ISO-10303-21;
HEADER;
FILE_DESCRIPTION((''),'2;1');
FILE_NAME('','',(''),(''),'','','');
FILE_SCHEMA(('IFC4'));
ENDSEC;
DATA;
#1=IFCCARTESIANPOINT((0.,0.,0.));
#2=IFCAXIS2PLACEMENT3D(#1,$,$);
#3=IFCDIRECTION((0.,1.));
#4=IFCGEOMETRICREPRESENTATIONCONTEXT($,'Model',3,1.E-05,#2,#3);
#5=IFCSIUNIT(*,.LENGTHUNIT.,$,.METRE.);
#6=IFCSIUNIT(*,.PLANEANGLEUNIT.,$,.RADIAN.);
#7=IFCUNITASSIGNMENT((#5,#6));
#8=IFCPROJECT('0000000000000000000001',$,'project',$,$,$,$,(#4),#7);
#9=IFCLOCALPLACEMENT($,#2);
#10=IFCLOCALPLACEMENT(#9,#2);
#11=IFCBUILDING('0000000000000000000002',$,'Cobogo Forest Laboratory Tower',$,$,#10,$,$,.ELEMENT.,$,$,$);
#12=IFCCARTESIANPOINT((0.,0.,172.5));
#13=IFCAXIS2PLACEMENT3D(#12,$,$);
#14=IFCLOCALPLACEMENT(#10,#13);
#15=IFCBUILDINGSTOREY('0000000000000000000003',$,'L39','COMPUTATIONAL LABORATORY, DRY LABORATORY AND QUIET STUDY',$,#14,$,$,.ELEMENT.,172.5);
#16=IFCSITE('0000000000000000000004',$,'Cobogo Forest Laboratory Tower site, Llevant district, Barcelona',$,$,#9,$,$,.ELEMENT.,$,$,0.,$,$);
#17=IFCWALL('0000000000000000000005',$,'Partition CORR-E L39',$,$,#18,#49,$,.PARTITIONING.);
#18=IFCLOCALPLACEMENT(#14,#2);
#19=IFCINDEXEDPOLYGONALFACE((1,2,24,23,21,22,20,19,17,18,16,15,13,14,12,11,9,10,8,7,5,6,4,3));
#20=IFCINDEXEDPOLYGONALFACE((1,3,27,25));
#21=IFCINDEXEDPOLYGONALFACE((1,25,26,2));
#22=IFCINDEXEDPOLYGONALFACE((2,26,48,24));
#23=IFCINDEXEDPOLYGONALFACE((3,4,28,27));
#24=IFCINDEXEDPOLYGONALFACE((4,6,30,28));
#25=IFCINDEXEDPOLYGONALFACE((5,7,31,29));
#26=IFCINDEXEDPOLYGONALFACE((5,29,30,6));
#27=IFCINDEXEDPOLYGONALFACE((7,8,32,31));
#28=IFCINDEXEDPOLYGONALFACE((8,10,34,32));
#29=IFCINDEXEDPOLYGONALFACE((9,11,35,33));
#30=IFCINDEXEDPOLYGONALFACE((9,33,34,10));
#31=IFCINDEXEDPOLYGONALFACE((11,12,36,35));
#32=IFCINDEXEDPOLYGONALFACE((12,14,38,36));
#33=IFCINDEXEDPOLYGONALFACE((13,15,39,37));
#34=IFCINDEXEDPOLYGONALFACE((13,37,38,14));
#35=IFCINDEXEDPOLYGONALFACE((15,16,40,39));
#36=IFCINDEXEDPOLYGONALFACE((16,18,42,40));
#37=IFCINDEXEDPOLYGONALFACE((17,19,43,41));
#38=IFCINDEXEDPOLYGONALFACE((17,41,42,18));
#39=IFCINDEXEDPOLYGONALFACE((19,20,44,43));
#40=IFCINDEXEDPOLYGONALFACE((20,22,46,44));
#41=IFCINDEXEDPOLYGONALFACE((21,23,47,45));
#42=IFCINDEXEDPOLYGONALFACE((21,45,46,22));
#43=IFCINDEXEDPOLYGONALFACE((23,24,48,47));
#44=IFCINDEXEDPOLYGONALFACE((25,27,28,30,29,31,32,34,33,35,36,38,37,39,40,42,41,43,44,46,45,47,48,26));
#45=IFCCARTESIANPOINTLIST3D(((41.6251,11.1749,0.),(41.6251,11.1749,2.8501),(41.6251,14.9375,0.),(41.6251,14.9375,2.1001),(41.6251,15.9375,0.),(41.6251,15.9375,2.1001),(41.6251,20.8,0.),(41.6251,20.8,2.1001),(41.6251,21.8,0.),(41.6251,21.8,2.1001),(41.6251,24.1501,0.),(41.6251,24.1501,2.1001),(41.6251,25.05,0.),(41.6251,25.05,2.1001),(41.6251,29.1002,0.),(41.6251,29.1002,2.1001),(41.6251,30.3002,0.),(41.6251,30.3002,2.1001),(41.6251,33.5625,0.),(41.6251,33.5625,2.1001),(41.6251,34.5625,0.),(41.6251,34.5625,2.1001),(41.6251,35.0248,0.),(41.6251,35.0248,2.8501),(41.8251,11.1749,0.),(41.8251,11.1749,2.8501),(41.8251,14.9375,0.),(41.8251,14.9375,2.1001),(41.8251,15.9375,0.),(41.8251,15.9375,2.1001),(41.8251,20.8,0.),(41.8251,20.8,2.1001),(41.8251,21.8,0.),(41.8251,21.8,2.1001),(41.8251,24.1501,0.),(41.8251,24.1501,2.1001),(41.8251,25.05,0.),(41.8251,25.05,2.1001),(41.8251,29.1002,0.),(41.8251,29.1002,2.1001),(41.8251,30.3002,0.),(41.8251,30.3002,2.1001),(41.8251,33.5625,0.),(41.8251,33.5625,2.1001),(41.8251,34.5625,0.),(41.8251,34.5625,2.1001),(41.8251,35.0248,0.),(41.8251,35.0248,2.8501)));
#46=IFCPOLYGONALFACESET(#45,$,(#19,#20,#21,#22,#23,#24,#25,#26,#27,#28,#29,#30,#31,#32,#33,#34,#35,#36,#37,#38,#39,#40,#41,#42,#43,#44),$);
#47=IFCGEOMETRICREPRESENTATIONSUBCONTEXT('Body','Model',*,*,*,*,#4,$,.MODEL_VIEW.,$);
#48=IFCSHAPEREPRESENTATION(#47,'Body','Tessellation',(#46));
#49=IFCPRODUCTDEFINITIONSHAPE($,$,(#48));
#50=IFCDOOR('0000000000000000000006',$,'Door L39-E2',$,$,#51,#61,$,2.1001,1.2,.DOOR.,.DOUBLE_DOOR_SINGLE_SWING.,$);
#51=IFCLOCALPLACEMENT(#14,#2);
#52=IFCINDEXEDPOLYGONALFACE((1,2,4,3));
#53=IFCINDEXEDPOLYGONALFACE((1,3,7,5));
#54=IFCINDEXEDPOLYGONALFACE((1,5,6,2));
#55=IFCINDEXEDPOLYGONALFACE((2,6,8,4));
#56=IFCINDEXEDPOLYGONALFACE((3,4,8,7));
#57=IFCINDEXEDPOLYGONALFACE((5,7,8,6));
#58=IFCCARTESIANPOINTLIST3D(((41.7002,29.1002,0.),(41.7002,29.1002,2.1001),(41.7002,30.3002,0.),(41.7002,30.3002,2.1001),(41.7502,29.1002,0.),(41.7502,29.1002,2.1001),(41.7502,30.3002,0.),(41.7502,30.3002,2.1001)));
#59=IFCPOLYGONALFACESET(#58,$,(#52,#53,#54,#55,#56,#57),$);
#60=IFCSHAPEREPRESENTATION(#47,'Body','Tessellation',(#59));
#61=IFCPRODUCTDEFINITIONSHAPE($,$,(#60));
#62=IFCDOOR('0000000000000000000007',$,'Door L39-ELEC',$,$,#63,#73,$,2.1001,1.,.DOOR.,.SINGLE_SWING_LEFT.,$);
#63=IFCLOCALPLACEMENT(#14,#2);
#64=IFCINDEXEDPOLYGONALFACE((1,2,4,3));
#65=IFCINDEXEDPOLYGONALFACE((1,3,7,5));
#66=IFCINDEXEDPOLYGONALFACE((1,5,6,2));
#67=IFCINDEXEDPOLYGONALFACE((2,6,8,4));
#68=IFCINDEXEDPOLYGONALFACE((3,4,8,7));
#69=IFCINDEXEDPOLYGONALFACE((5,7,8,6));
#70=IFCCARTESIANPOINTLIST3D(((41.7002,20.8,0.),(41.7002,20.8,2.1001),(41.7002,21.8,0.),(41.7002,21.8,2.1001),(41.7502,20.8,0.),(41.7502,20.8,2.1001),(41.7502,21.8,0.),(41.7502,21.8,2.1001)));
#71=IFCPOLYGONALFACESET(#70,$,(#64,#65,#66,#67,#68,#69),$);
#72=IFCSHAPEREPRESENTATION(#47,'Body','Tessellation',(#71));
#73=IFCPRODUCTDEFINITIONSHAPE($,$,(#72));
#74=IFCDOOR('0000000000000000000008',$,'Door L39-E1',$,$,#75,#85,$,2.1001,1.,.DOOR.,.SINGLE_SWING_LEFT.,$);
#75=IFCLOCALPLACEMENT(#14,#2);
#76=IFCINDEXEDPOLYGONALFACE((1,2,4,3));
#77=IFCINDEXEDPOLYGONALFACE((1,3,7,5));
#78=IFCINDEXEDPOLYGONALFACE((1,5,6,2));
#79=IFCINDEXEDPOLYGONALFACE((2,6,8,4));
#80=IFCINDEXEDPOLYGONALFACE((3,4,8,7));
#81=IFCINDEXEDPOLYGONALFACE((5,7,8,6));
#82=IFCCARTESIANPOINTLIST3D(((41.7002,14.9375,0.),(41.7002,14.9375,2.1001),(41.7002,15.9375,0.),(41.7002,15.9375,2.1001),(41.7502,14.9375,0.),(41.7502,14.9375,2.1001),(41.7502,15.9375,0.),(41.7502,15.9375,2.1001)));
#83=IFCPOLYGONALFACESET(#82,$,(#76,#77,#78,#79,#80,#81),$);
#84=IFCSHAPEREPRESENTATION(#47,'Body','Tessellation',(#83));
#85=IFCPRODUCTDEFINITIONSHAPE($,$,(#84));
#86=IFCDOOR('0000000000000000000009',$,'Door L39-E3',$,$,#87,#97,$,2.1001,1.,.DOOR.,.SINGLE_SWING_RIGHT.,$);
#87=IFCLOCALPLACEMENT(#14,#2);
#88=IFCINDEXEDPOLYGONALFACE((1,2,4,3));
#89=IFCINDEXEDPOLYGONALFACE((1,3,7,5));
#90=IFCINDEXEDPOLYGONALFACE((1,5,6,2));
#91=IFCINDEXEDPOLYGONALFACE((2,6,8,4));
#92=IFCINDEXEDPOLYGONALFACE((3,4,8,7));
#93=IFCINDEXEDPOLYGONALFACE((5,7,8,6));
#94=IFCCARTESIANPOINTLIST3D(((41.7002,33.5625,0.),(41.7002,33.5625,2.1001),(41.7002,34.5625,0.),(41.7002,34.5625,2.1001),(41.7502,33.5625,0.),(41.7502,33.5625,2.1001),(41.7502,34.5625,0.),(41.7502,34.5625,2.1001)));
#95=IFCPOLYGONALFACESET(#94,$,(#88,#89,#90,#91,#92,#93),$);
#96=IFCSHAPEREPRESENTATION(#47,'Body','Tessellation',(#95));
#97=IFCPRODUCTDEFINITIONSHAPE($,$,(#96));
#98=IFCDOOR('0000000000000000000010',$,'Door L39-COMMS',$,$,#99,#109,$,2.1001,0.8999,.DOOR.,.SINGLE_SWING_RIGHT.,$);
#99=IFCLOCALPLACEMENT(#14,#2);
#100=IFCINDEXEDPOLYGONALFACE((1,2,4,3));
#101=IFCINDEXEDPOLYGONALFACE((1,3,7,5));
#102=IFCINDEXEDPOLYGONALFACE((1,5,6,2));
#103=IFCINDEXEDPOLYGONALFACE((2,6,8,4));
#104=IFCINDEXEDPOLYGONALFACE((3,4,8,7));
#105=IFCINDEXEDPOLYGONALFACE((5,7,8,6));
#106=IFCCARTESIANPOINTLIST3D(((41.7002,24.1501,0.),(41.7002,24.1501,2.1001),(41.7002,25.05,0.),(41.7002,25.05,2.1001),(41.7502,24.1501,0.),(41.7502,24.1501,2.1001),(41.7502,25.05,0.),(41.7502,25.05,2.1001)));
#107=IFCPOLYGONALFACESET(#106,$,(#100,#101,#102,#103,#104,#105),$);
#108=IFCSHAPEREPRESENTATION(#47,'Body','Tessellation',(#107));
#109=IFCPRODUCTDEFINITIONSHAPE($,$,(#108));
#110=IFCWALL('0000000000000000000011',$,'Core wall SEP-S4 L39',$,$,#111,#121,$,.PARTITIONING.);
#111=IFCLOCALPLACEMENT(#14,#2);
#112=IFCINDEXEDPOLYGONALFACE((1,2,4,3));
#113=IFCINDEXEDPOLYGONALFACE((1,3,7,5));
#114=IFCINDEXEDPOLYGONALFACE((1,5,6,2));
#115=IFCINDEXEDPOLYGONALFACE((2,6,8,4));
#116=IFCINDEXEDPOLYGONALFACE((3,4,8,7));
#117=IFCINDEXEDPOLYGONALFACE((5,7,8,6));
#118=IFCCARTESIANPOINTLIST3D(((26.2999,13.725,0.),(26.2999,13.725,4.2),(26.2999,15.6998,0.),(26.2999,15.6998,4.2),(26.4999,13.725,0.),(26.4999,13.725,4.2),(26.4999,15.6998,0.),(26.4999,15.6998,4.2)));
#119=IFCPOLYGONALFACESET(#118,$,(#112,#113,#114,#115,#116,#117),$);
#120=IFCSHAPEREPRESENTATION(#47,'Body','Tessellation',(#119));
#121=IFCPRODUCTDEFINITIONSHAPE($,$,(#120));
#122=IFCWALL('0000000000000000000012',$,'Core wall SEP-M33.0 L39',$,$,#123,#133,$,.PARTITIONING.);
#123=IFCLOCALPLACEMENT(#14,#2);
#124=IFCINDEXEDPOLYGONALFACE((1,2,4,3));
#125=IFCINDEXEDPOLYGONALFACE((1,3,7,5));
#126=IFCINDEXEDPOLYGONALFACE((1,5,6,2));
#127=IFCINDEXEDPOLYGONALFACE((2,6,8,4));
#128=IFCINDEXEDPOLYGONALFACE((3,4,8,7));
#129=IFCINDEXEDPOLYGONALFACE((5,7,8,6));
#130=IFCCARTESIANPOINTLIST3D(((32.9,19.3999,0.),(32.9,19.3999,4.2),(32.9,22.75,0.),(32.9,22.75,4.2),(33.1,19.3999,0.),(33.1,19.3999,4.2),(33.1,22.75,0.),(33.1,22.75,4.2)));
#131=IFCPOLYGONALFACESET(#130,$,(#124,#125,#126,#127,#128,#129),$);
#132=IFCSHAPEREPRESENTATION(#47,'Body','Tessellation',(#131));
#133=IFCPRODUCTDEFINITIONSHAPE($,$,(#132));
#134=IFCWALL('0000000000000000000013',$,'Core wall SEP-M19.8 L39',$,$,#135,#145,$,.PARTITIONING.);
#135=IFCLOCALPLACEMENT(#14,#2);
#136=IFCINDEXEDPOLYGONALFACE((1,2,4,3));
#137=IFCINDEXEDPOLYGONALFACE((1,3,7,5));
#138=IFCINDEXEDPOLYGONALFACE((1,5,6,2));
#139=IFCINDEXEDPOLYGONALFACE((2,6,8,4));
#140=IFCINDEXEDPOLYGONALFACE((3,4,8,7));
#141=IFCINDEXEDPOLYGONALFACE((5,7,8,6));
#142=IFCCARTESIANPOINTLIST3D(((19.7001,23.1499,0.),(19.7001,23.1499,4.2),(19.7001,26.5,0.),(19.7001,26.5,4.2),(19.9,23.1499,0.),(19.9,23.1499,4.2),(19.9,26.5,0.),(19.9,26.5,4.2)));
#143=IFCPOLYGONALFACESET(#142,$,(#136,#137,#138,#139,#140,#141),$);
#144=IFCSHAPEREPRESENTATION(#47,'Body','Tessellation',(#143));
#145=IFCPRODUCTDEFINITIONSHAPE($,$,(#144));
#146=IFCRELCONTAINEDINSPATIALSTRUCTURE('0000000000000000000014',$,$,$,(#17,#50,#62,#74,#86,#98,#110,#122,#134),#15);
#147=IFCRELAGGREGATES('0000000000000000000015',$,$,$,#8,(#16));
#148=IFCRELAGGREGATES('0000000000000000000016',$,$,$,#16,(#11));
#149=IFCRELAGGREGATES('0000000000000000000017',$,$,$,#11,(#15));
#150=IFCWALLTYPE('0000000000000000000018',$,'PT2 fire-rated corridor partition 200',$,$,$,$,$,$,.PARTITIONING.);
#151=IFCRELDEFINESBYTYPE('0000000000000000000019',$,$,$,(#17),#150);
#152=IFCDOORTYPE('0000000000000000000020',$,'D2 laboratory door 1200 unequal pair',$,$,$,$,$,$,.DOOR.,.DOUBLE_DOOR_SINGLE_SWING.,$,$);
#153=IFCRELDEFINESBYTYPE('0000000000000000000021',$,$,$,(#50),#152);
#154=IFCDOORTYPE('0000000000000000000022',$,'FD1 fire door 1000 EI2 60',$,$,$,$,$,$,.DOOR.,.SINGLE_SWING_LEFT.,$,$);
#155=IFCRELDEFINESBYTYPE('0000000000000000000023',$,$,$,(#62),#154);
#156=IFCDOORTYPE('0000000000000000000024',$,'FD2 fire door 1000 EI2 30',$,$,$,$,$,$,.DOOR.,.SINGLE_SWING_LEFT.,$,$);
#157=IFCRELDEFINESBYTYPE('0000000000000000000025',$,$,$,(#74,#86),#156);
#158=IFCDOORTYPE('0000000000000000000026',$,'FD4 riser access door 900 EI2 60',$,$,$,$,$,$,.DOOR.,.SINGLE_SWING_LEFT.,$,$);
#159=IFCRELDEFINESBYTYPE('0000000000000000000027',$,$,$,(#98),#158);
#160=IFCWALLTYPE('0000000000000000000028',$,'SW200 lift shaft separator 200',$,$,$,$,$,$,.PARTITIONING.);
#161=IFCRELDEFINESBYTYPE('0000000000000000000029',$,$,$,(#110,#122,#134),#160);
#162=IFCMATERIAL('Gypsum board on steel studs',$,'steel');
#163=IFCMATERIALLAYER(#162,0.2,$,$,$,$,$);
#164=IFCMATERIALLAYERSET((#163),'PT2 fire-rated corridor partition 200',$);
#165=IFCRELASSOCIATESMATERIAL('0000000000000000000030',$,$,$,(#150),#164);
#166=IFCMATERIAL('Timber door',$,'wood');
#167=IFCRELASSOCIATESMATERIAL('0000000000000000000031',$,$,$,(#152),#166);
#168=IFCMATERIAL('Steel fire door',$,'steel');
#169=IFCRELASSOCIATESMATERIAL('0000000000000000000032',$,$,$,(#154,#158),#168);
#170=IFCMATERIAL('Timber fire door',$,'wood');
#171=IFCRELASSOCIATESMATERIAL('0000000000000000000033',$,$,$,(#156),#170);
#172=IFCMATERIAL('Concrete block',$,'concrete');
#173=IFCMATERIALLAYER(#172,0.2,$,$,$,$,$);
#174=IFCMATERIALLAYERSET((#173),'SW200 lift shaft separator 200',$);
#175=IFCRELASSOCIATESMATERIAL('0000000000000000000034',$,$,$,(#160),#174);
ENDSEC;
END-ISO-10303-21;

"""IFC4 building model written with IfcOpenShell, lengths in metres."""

from ifc_helpers import new_model, si_unit, direction, frame, frame_2d, origin, place, context, subcontext, project, spatial, rectangle, extrude, material, layer, layer_set, type_object, element, fill, save


model = new_model("IFC4")

# Units and contexts
model_context = context("Model", 3, precision=1e-05, world=origin(), true_north=direction((0.0, 1.0)))
body_context = subcontext(model_context, "Body", "Model", "MODEL_VIEW")
ifc_project = project(units=[si_unit("LENGTHUNIT", "METRE"), si_unit("PLANEANGLEUNIT", "RADIAN")], contexts=[model_context])

# Site, building, storey
site_placement = place(None, origin())
site = spatial("IfcSite", under=ifc_project, at=site_placement, Name="Cobogo Forest Laboratory Tower site, Llevant district, Barcelona", CompositionType="ELEMENT", RefElevation=0.0)
building_placement = place(site_placement, origin())
building = spatial("IfcBuilding", under=site, at=building_placement, Name="Cobogo Forest Laboratory Tower", CompositionType="ELEMENT")
storey_placement = place(building_placement, frame((0.0, 0.0, 172.5)))
storey = spatial("IfcBuildingStorey", under=building, at=storey_placement, Name="L39", Description="COMPUTATIONAL LABORATORY, DRY LABORATORY AND QUIET STUDY", CompositionType="ELEMENT", Elevation=172.5)

# Shared definitions
ifc_material_1 = material(Name="Steel fire door", Category="steel")

# Shared definitions
ifc_material_2 = material(Name="Gypsum board on steel studs", Category="steel")

# Wall, openings, doors
ifc_layer_1 = layer(ifc_material_2, 0.2)
ifc_layer_set_1 = layer_set([ifc_layer_1], Name="PT2 fire-rated corridor partition 200")
wall_type_1 = type_object("IfcWallType", Name="PT2 fire-rated corridor partition 200", PredefinedType="PARTITIONING", material=ifc_layer_set_1)
wall_1_placement = place(storey_placement, frame((41.7251, 11.175, 0.0), z_axis=(0.0, 0.0, 1.0), x_axis=(0.0, 1.0, 0.0)))
wall_1 = element("IfcWall", 1, at=wall_1_placement, inside=storey, type_object=wall_type_1, Name="Partition CORR-E L39", PredefinedType="PARTITIONING", context=body_context, shape_type="SweptSolid", body=[
    extrude(rectangle(XDim=23.8499, YDim=0.2, at=frame_2d((11.9248, 0.0))), origin(), (0.0, 0.0, 1.0), 2.8501),
])
opening_1_placement = place(wall_1_placement, frame((3.7625, 0.0, 0.0)))
opening_1 = element("IfcOpeningElement", 2, at=opening_1_placement, cuts=wall_1, PredefinedType="OPENING", context=body_context, shape_type="SweptSolid", body=[
    extrude(rectangle(XDim=1.0, YDim=2.1001, at=frame_2d((0.5, 1.05))), frame((0.0, 0.1099, 0.0), z_axis=(0.0, -1.0, 0.0), x_axis=(1.0, 0.0, 0.0)), (0.0, 0.0, 1.0), 0.22),
])
opening_2_placement = place(wall_1_placement, frame((9.625, 0.0, 0.0)))
opening_2 = element("IfcOpeningElement", 3, at=opening_2_placement, cuts=wall_1, PredefinedType="OPENING", context=body_context, shape_type="SweptSolid", body=[
    extrude(rectangle(XDim=1.0, YDim=2.1001, at=frame_2d((0.5, 1.05))), frame((0.0, 0.1099, 0.0), z_axis=(0.0, -1.0, 0.0), x_axis=(1.0, 0.0, 0.0)), (0.0, 0.0, 1.0), 0.22),
])
opening_3_placement = place(wall_1_placement, frame((12.9751, 0.0, 0.0)))
opening_3 = element("IfcOpeningElement", 4, at=opening_3_placement, cuts=wall_1, PredefinedType="OPENING", context=body_context, shape_type="SweptSolid", body=[
    extrude(rectangle(XDim=0.8999, YDim=2.1001, at=frame_2d((0.45, 1.05))), frame((0.0, 0.1099, 0.0), z_axis=(0.0, -1.0, 0.0), x_axis=(1.0, 0.0, 0.0)), (0.0, 0.0, 1.0), 0.22),
])
opening_4_placement = place(wall_1_placement, frame((17.925, 0.0, 0.0)))
opening_4 = element("IfcOpeningElement", 5, at=opening_4_placement, cuts=wall_1, PredefinedType="OPENING", context=body_context, shape_type="SweptSolid", body=[
    extrude(rectangle(XDim=1.2, YDim=2.1001, at=frame_2d((0.6001, 1.05))), frame((0.0, 0.1099, 0.0), z_axis=(0.0, -1.0, 0.0), x_axis=(1.0, 0.0, 0.0)), (0.0, 0.0, 1.0), 0.22),
])
opening_5_placement = place(wall_1_placement, frame((22.3875, 0.0, 0.0)))
opening_5 = element("IfcOpeningElement", 6, at=opening_5_placement, cuts=wall_1, PredefinedType="OPENING", context=body_context, shape_type="SweptSolid", body=[
    extrude(rectangle(XDim=1.0, YDim=2.1001, at=frame_2d((0.5, 1.05))), frame((0.0, 0.1099, 0.0), z_axis=(0.0, -1.0, 0.0), x_axis=(1.0, 0.0, 0.0)), (0.0, 0.0, 1.0), 0.22),
])
ifc_material_3 = material(Name="Timber door", Category="wood")
door_type_1 = type_object("IfcDoorType", Name="D2 laboratory door 1200 unequal pair", OperationType="DOUBLE_DOOR_SINGLE_SWING", PredefinedType="DOOR", material=ifc_material_3)
door_1_placement = place(opening_4_placement, origin())
door_1 = element("IfcDoor", 7, at=door_1_placement, inside=storey, type_object=door_type_1, Name="Door L39-E2", OperationType="DOUBLE_DOOR_SINGLE_SWING", OverallHeight=2.1001, OverallWidth=1.2, PredefinedType="DOOR", context=body_context, shape_type="SweptSolid", body=[
    extrude(rectangle(XDim=1.2, YDim=2.1001, at=frame_2d((0.6001, 1.05))), frame((0.0, 0.0249, 0.0), z_axis=(0.0, -1.0, 0.0), x_axis=(1.0, 0.0, 0.0)), (0.0, 0.0, 1.0), 0.05),
])
fill(opening_4, door_1)
door_type_2 = type_object("IfcDoorType", Name="FD1 fire door 1000 EI2 60", OperationType="SINGLE_SWING_LEFT", PredefinedType="DOOR", material=ifc_material_1)
door_2_placement = place(opening_2_placement, origin())
door_2 = element("IfcDoor", 8, at=door_2_placement, inside=storey, type_object=door_type_2, Name="Door L39-ELEC", OperationType="SINGLE_SWING_LEFT", OverallHeight=2.1001, OverallWidth=1.0, PredefinedType="DOOR", context=body_context, shape_type="SweptSolid", body=[
    extrude(rectangle(XDim=1.0, YDim=2.1001, at=frame_2d((0.5, 1.05))), frame((0.0, 0.0249, 0.0), z_axis=(0.0, -1.0, 0.0), x_axis=(1.0, 0.0, 0.0)), (0.0, 0.0, 1.0), 0.05),
])
fill(opening_2, door_2)
ifc_material_4 = material(Name="Timber fire door", Category="wood")
door_type_3 = type_object("IfcDoorType", Name="FD2 fire door 1000 EI2 30", OperationType="SINGLE_SWING_LEFT", PredefinedType="DOOR", material=ifc_material_4)
door_3_placement = place(opening_1_placement, origin())
door_3 = element("IfcDoor", 9, at=door_3_placement, inside=storey, type_object=door_type_3, Name="Door L39-E1", OperationType="SINGLE_SWING_LEFT", OverallHeight=2.1001, OverallWidth=1.0, PredefinedType="DOOR", context=body_context, shape_type="SweptSolid", body=[
    extrude(rectangle(XDim=1.0, YDim=2.1001, at=frame_2d((0.5, 1.05))), frame((0.0, 0.0249, 0.0), z_axis=(0.0, -1.0, 0.0), x_axis=(1.0, 0.0, 0.0)), (0.0, 0.0, 1.0), 0.05),
])
fill(opening_1, door_3)
door_4_placement = place(opening_5_placement, origin())
door_4 = element("IfcDoor", 10, at=door_4_placement, inside=storey, type_object=door_type_3, Name="Door L39-E3", OperationType="SINGLE_SWING_RIGHT", OverallHeight=2.1001, OverallWidth=1.0, PredefinedType="DOOR", context=body_context, shape_type="SweptSolid", body=[
    extrude(rectangle(XDim=1.0, YDim=2.1001, at=frame_2d((0.5, 1.05))), frame((0.0, 0.0249, 0.0), z_axis=(0.0, -1.0, 0.0), x_axis=(1.0, 0.0, 0.0)), (0.0, 0.0, 1.0), 0.05),
])
fill(opening_5, door_4)
door_type_4 = type_object("IfcDoorType", Name="FD4 riser access door 900 EI2 60", OperationType="SINGLE_SWING_LEFT", PredefinedType="DOOR", material=ifc_material_1)
door_5_placement = place(opening_3_placement, origin())
door_5 = element("IfcDoor", 11, at=door_5_placement, inside=storey, type_object=door_type_4, Name="Door L39-COMMS", OperationType="SINGLE_SWING_RIGHT", OverallHeight=2.1001, OverallWidth=0.8999, PredefinedType="DOOR", context=body_context, shape_type="SweptSolid", body=[
    extrude(rectangle(XDim=0.8999, YDim=2.1001, at=frame_2d((0.45, 1.05))), frame((0.0, 0.0249, 0.0), z_axis=(0.0, -1.0, 0.0), x_axis=(1.0, 0.0, 0.0)), (0.0, 0.0, 1.0), 0.05),
])
fill(opening_3, door_5)

# Walls
ifc_material_5 = material(Name="Concrete block", Category="concrete")
ifc_layer_2 = layer(ifc_material_5, 0.2)
ifc_layer_set_2 = layer_set([ifc_layer_2], Name="SW200 lift shaft separator 200")
wall_type_2 = type_object("IfcWallType", Name="SW200 lift shaft separator 200", PredefinedType="PARTITIONING", material=ifc_layer_set_2)
wall_2_placement = place(storey_placement, frame((26.3999, 13.7251, 0.0), z_axis=(0.0, 0.0, 1.0), x_axis=(0.0, 1.0, 0.0)))
element("IfcWall", 12, at=wall_2_placement, inside=storey, type_object=wall_type_2, Name="Core wall SEP-S4 L39", PredefinedType="PARTITIONING", context=body_context, shape_type="SweptSolid", body=[
    extrude(rectangle(XDim=1.9749, YDim=0.2, at=frame_2d((0.9873, 0.0))), origin(), (0.0, 0.0, 1.0), 4.2),
])
for number, where, z_axis, x_axis, name in (
    (13, (33.0, 19.3999, 0.0), (0.0, 0.0, 1.0), (0.0, 1.0, 0.0), "Core wall SEP-M33.0 L39"),
    (14, (19.8, 23.1499, 0.0), (0.0, 0.0, 1.0), (0.0, 1.0, 0.0), "Core wall SEP-M19.8 L39"),
):
    element("IfcWall", number, at=place(storey_placement, frame(where, z_axis=z_axis, x_axis=x_axis)), inside=storey, type_object=wall_type_2, Name=name, PredefinedType="PARTITIONING", context=body_context, shape_type="SweptSolid", body=[
        extrude(rectangle(XDim=3.3501, YDim=0.2, at=frame_2d((1.675, 0.0))), origin(), (0.0, 0.0, 1.0), 4.2),
    ])

save(model, "model.ifc")
